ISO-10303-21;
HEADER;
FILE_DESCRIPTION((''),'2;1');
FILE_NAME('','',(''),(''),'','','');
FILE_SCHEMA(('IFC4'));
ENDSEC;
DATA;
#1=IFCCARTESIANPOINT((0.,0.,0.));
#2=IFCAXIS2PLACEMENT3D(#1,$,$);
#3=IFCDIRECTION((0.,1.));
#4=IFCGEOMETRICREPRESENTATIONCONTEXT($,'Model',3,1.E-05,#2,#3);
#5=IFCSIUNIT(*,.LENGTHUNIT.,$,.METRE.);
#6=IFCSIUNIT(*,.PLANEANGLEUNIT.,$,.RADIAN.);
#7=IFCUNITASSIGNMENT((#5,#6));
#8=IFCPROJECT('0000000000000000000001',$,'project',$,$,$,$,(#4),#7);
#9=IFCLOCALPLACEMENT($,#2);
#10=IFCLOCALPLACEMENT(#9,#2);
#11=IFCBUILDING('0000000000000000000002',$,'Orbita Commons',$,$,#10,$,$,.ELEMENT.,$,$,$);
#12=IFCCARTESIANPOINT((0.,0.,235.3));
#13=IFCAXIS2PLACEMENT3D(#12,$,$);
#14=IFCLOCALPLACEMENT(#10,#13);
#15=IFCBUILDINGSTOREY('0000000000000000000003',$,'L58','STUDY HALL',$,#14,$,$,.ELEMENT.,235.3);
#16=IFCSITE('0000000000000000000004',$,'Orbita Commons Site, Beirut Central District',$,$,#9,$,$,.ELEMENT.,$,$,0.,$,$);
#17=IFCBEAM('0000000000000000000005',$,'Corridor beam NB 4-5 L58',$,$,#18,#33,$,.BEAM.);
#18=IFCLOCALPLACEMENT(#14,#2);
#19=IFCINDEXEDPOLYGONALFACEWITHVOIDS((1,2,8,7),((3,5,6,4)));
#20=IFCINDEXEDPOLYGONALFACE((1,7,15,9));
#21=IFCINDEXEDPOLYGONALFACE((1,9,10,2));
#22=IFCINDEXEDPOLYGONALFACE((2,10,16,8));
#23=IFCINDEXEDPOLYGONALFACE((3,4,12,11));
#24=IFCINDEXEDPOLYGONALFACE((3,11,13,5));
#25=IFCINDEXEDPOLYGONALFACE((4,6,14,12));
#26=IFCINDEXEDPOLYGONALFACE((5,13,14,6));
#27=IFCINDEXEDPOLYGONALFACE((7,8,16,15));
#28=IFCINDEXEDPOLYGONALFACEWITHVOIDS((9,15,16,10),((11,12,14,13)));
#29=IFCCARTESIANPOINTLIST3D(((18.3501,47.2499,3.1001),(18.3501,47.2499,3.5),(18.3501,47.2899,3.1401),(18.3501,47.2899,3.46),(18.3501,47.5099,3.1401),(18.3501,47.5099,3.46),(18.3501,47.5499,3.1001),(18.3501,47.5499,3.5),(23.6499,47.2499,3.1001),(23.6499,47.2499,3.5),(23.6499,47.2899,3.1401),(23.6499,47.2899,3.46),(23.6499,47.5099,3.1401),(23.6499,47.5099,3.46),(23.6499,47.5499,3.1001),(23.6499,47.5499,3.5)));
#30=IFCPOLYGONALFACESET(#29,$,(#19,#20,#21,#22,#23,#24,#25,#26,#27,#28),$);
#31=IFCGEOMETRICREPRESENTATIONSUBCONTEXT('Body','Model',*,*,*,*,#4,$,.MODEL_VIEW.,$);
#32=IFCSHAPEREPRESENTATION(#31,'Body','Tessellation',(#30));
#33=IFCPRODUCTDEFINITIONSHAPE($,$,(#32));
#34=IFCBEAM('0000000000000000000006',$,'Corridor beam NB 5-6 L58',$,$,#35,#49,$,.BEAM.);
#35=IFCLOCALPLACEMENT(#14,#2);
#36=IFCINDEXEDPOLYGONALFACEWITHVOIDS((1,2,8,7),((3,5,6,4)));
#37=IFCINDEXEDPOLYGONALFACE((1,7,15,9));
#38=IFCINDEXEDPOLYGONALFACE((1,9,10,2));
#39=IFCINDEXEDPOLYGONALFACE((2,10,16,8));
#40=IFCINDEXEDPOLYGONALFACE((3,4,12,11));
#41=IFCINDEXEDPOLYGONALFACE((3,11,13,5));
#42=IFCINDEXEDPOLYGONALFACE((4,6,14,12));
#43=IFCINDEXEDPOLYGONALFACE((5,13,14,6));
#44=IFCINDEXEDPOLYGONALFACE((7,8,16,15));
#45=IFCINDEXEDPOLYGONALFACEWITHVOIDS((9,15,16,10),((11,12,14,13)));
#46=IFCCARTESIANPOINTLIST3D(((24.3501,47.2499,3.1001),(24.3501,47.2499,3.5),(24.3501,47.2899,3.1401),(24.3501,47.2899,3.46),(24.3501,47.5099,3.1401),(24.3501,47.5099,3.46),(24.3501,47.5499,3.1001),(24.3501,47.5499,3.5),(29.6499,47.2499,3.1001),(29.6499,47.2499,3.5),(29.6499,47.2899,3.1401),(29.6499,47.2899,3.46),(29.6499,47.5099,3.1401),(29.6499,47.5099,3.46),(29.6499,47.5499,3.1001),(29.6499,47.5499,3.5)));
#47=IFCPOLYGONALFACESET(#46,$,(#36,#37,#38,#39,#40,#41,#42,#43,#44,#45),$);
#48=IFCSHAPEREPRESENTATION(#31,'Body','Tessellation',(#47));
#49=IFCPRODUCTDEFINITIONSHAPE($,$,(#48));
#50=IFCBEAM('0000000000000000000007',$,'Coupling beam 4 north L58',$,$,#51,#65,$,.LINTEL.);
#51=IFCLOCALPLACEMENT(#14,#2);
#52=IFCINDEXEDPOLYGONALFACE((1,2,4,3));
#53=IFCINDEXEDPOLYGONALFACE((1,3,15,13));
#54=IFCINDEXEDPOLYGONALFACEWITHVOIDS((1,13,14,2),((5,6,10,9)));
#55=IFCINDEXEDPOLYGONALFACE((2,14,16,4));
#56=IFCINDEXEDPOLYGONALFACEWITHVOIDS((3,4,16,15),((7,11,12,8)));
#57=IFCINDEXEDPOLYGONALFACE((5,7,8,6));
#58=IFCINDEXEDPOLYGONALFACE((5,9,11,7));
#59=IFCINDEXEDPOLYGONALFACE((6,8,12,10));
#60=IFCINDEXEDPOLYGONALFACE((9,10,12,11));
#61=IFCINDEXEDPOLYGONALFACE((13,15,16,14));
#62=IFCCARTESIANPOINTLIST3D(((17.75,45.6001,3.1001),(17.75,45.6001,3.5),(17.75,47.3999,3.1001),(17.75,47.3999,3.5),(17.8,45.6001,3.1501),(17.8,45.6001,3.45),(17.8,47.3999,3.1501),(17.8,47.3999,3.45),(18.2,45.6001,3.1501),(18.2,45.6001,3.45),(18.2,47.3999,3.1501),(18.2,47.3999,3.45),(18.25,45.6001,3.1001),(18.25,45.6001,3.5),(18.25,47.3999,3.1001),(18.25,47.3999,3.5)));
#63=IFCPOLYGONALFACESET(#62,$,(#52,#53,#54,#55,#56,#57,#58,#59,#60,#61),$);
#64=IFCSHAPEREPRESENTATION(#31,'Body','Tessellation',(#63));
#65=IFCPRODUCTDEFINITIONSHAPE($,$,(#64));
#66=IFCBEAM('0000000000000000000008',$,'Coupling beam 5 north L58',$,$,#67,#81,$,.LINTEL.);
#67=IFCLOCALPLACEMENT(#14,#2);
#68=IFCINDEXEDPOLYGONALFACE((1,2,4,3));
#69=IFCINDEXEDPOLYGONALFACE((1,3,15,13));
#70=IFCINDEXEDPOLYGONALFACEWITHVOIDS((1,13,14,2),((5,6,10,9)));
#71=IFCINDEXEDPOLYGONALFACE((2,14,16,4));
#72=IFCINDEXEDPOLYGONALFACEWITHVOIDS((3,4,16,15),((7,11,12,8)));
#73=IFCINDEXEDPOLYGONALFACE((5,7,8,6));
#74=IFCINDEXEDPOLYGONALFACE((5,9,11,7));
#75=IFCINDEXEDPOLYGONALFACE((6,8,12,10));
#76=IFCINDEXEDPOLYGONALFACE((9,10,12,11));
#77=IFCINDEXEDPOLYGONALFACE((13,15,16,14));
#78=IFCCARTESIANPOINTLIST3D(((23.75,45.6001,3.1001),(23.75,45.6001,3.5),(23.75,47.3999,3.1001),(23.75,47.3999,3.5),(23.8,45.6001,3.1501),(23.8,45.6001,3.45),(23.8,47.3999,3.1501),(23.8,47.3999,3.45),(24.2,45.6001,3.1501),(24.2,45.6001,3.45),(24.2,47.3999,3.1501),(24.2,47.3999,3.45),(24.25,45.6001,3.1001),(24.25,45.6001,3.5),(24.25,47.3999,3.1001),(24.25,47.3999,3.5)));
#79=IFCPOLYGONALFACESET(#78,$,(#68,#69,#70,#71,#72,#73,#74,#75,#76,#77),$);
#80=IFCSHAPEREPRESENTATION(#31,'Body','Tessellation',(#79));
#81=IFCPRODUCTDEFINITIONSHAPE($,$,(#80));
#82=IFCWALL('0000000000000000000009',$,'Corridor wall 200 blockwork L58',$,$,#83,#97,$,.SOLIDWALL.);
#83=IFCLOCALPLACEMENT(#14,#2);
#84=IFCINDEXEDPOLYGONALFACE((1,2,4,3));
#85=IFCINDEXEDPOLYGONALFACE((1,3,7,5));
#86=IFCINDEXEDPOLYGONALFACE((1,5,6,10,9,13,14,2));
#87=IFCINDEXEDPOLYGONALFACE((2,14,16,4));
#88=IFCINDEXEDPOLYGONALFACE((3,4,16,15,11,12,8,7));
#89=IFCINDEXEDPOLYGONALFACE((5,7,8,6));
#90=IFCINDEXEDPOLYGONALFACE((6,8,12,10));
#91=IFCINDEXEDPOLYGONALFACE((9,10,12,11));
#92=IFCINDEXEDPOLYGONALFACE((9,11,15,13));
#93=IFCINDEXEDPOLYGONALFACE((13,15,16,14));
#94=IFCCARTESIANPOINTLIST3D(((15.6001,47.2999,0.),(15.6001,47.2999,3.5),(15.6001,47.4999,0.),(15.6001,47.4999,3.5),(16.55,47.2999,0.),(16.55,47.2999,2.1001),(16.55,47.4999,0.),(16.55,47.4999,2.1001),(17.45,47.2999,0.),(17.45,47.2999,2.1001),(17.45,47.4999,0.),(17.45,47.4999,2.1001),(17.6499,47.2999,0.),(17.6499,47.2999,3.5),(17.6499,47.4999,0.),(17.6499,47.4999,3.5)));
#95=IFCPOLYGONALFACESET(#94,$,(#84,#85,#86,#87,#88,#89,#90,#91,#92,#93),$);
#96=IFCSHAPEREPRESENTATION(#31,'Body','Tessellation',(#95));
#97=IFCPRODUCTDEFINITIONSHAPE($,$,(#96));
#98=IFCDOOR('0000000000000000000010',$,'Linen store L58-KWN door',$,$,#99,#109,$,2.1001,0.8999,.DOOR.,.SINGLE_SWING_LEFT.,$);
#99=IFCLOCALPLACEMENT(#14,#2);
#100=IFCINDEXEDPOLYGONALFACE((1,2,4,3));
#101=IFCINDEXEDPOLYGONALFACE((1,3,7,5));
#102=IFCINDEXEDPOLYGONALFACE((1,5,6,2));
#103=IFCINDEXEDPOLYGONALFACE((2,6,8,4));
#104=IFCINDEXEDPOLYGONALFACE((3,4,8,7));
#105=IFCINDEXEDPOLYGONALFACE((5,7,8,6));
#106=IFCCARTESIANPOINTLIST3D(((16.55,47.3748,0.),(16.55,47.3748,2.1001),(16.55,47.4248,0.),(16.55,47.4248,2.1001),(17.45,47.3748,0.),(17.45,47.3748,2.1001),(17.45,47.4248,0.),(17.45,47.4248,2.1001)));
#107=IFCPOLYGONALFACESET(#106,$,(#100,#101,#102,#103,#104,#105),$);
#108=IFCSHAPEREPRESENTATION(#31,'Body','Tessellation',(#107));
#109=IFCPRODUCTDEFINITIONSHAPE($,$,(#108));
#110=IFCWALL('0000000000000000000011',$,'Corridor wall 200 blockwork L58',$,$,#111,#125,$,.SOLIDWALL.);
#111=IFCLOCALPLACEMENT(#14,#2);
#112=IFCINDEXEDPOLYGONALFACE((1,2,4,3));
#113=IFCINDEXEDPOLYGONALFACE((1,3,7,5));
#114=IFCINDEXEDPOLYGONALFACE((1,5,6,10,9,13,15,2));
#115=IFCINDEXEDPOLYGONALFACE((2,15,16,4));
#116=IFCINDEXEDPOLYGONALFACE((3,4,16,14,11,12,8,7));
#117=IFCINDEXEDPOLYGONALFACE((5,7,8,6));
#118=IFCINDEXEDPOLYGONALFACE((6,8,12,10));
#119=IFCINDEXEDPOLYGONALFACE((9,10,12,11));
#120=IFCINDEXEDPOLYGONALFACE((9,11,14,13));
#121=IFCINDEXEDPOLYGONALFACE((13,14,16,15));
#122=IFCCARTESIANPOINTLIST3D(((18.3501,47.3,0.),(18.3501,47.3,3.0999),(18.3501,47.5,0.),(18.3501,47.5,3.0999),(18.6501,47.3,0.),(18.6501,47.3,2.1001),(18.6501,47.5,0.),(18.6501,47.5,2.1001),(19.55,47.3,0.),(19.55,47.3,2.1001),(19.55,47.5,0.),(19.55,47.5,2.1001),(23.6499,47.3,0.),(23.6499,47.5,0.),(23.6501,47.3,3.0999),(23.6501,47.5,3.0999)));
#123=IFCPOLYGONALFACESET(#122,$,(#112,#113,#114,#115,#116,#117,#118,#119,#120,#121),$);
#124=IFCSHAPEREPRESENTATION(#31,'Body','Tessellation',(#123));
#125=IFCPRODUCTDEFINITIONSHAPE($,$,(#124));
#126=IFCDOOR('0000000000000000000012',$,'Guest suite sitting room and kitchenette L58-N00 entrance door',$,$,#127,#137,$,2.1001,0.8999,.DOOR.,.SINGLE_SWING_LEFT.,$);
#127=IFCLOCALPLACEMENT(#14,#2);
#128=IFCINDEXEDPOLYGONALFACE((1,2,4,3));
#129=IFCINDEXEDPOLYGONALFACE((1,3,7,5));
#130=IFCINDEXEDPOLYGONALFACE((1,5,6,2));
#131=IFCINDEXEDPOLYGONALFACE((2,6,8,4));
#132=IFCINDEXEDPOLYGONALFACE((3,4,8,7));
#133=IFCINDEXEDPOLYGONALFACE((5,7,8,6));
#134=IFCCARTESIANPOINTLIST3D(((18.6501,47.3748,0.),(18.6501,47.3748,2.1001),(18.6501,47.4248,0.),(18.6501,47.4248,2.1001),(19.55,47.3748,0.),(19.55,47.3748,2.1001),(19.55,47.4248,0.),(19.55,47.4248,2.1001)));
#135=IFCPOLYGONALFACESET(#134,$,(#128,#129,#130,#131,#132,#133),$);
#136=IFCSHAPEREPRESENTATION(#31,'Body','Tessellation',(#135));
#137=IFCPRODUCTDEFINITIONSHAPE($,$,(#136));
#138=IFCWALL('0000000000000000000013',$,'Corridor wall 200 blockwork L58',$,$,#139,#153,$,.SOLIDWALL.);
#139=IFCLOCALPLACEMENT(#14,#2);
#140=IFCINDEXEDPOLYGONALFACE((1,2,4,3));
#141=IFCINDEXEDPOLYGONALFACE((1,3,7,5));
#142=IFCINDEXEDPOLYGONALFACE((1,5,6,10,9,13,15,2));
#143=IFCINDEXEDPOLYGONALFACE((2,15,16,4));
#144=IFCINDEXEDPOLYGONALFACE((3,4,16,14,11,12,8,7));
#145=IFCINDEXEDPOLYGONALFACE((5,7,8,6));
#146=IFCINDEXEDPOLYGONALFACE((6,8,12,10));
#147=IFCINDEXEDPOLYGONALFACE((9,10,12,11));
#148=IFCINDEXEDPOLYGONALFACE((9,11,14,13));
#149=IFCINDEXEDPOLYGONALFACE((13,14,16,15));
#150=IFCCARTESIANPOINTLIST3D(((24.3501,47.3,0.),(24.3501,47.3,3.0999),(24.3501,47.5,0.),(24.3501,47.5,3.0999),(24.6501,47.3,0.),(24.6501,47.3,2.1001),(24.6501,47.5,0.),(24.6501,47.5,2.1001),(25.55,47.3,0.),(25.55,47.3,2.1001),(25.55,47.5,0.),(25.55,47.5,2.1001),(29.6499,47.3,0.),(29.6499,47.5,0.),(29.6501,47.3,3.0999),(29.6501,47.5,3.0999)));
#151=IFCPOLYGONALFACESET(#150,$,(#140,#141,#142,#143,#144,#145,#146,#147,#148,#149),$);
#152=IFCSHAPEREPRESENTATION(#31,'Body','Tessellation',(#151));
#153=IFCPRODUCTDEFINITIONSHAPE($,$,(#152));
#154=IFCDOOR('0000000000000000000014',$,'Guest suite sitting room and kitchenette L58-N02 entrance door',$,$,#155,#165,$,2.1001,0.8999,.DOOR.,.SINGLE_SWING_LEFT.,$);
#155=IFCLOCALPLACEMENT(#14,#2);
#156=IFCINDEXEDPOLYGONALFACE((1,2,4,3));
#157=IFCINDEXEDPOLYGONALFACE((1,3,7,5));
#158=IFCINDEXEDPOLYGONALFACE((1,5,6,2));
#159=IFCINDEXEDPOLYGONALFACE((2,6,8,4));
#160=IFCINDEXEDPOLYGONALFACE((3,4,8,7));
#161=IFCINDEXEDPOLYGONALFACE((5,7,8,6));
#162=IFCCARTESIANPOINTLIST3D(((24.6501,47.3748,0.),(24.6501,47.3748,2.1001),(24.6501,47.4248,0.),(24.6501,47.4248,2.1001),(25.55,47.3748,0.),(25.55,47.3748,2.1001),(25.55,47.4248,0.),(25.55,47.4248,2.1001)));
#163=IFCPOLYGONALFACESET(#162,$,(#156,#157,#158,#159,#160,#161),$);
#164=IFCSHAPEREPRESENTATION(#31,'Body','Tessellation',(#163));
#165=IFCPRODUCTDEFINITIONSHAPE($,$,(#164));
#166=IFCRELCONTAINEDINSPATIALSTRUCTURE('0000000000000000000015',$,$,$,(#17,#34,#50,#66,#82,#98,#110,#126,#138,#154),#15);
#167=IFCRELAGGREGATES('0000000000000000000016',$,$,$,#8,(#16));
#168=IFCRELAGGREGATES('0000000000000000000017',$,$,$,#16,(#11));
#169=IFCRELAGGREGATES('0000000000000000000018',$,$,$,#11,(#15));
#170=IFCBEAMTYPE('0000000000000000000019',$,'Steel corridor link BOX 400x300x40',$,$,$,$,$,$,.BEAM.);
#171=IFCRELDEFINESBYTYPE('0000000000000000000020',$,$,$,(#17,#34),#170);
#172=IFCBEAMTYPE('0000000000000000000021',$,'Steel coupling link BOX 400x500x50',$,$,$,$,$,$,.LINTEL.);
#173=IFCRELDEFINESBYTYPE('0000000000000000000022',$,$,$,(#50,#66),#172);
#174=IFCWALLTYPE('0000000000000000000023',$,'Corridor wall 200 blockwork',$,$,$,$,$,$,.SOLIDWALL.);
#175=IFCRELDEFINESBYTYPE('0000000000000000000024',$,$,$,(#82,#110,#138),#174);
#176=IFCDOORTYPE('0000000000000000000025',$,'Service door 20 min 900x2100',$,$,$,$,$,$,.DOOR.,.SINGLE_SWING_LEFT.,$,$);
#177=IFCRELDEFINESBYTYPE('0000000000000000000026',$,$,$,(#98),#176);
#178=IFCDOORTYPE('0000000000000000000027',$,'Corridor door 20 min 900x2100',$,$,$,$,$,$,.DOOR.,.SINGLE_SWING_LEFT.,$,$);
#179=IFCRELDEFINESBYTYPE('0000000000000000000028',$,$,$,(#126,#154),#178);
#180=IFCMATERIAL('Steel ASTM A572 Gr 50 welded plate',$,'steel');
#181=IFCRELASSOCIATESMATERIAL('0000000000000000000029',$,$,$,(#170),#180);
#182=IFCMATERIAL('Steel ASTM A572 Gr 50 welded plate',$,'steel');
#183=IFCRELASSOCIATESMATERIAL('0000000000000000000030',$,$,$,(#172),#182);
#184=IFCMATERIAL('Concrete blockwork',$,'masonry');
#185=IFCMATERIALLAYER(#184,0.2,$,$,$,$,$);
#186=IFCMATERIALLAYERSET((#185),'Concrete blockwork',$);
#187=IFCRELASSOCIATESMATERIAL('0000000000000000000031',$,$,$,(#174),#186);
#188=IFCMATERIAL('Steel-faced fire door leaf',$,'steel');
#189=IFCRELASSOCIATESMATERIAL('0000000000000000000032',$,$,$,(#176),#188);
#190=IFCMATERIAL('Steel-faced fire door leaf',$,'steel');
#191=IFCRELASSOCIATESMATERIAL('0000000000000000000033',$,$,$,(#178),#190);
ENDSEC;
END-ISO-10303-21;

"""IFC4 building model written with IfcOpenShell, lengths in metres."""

from ifc_helpers import new_model, si_unit, direction, frame, frame_2d, origin, origin_2d, place, context, subcontext, project, spatial, polyline, rectangle, hollow_rectangle, outline, extrude, material, layer, layer_set, material_profile, profile_set, type_object, element, fill, save


model = new_model("IFC4")

# Units and contexts
model_context = context("Model", 3, precision=1e-05, world=origin(), true_north=direction((0.0, 1.0)))
body_context = subcontext(model_context, "Body", "Model", "MODEL_VIEW")
ifc_project = project(units=[si_unit("LENGTHUNIT", "METRE"), si_unit("PLANEANGLEUNIT", "RADIAN")], contexts=[model_context])

# Site, building, storey
site_placement = place(None, origin())
site = spatial("IfcSite", under=ifc_project, at=site_placement, Name="Orbita Commons Site, Beirut Central District", CompositionType="ELEMENT", RefElevation=0.0)
building_placement = place(site_placement, origin())
building = spatial("IfcBuilding", under=site, at=building_placement, Name="Orbita Commons", CompositionType="ELEMENT")
storey_placement = place(building_placement, frame((0.0, 0.0, 235.3)))
storey = spatial("IfcBuildingStorey", under=building, at=storey_placement, Name="L58", Description="STUDY HALL", CompositionType="ELEMENT", Elevation=235.3)

# Beams
ifc_material_1 = material(Name="Steel ASTM A572 Gr 50 welded plate", Category="steel")
ifc_material_profile_1 = material_profile(ifc_material_1, hollow_rectangle(XDim=0.3, YDim=0.3999, WallThickness=0.04, at=origin_2d()), Name="BOX 400x300x40")
ifc_profile_set_1 = profile_set([ifc_material_profile_1], Name="Steel ASTM A572 Gr 50 welded plate")
beam_type_1 = type_object("IfcBeamType", Name="Steel corridor link BOX 400x300x40", PredefinedType="BEAM", material=ifc_profile_set_1)
for number, where, z_axis, x_axis, name in (
    (1, (18.3501, 47.3999, 3.3), (1.0, 0.0, 0.0), (0.0, 1.0, 0.0), "Corridor beam NB 4-5 L58"),
    (2, (24.3501, 47.3999, 3.3), (1.0, 0.0, 0.0), (0.0, 1.0, 0.0), "Corridor beam NB 5-6 L58"),
):
    element("IfcBeam", number, at=place(storey_placement, frame(where, z_axis=z_axis, x_axis=x_axis)), inside=storey, type_object=beam_type_1, Name=name, PredefinedType="BEAM", context=body_context, shape_type="SweptSolid", body=[
        extrude(hollow_rectangle(XDim=0.3, YDim=0.3999, WallThickness=0.04, at=origin_2d()), origin(), (0.0, 0.0, 1.0), 5.2998),
    ])
ifc_material_2 = material(Name="Steel ASTM A572 Gr 50 welded plate", Category="steel")
ifc_material_profile_2 = material_profile(ifc_material_2, hollow_rectangle(XDim=0.5, YDim=0.3999, WallThickness=0.05, at=origin_2d()), Name="BOX 400x500x50")
ifc_profile_set_2 = profile_set([ifc_material_profile_2], Name="Steel ASTM A572 Gr 50 welded plate")
beam_type_2 = type_object("IfcBeamType", Name="Steel coupling link BOX 400x500x50", PredefinedType="LINTEL", material=ifc_profile_set_2)
for number, where, z_axis, x_axis, name in (
    (3, (18.0, 45.6001, 3.3), (0.0, 1.0, 0.0), (-1.0, 0.0, 0.0), "Coupling beam 4 north L58"),
    (4, (24.0, 45.6001, 3.3), (0.0, 1.0, 0.0), (-1.0, 0.0, 0.0), "Coupling beam 5 north L58"),
):
    element("IfcBeam", number, at=place(storey_placement, frame(where, z_axis=z_axis, x_axis=x_axis)), inside=storey, type_object=beam_type_2, Name=name, PredefinedType="LINTEL", context=body_context, shape_type="SweptSolid", body=[
        extrude(hollow_rectangle(XDim=0.5, YDim=0.3999, WallThickness=0.05, at=origin_2d()), origin(), (0.0, 0.0, 1.0), 1.7998),
    ])

# Walls, openings, doors
ifc_material_3 = material(Name="Concrete blockwork", Category="masonry")
ifc_layer_1 = layer(ifc_material_3, 0.2)
ifc_layer_set_1 = layer_set([ifc_layer_1], Name="Concrete blockwork")
wall_type_1 = type_object("IfcWallType", Name="Corridor wall 200 blockwork", PredefinedType="SOLIDWALL", material=ifc_layer_set_1)
wall_1_placement = place(storey_placement, frame((15.6001, 47.3999, 0.0), z_axis=(0.0, 0.0, 1.0), x_axis=(1.0, 0.0, 0.0)))
wall_1 = element("IfcWall", 5, at=wall_1_placement, inside=storey, type_object=wall_type_1, Name="Corridor wall 200 blockwork L58", PredefinedType="SOLIDWALL", context=body_context, shape_type="SweptSolid", body=[
    extrude(rectangle(XDim=2.0498, YDim=0.2, at=frame_2d((1.0249, 0.0))), origin(), (0.0, 0.0, 1.0), 3.5),
])
opening_1_placement = place(wall_1_placement, frame((0.95, 0.0, 0.0)))
opening_1 = element("IfcOpeningElement", 6, at=opening_1_placement, cuts=wall_1, PredefinedType="OPENING", context=body_context, shape_type="SweptSolid", body=[
    extrude(rectangle(XDim=0.8999, YDim=2.1001, at=frame_2d((0.45, 1.05))), frame((0.0, 0.1099, 0.0), z_axis=(0.0, -1.0, 0.0), x_axis=(1.0, 0.0, 0.0)), (0.0, 0.0, 1.0), 0.22),
])
ifc_material_4 = material(Name="Steel-faced fire door leaf", Category="steel")
door_type_1 = type_object("IfcDoorType", Name="Service door 20 min 900x2100", OperationType="SINGLE_SWING_LEFT", PredefinedType="DOOR", material=ifc_material_4)
door_1_placement = place(opening_1_placement, origin())
door_1 = element("IfcDoor", 7, at=door_1_placement, inside=storey, type_object=door_type_1, Name="Linen store L58-KWN door", OperationType="SINGLE_SWING_LEFT", OverallHeight=2.1001, OverallWidth=0.8999, PredefinedType="DOOR", context=body_context, shape_type="SweptSolid", body=[
    extrude(rectangle(XDim=0.8999, YDim=2.1001, at=frame_2d((0.45, 1.05))), frame((0.0, 0.0249, 0.0), z_axis=(0.0, -1.0, 0.0), x_axis=(1.0, 0.0, 0.0)), (0.0, 0.0, 1.0), 0.05),
])
fill(opening_1, door_1)
wall_2_placement = place(storey_placement, frame((18.3501, 47.3999, 0.0), z_axis=(0.0, 0.0, 1.0), x_axis=(1.0, 0.0, 0.0)))
wall_2 = element("IfcWall", 8, at=wall_2_placement, inside=storey, type_object=wall_type_1, Name="Corridor wall 200 blockwork L58", PredefinedType="SOLIDWALL", context=body_context, shape_type="SweptSolid", body=[
    extrude(outline(polyline([(0.0, 0.0), (5.2998, 0.0), (5.3, 3.0999), (0.0, 3.0999), (0.0, 0.0)])), frame((0.0, 0.1001, 0.0), z_axis=(0.0, -1.0, 0.0), x_axis=(1.0, 0.0, 0.0)), (0.0, 0.0, 1.0), 0.2),
])
opening_2_placement = place(wall_2_placement, frame((0.3, 0.0, 0.0)))
opening_2 = element("IfcOpeningElement", 9, at=opening_2_placement, cuts=wall_2, PredefinedType="OPENING", context=body_context, shape_type="SweptSolid", body=[
    extrude(rectangle(XDim=0.8999, YDim=2.1001, at=frame_2d((0.45, 1.05))), frame((0.0, 0.1099, 0.0), z_axis=(0.0, -1.0, 0.0), x_axis=(1.0, 0.0, 0.0)), (0.0, 0.0, 1.0), 0.22),
])
ifc_material_5 = material(Name="Steel-faced fire door leaf", Category="steel")
door_type_2 = type_object("IfcDoorType", Name="Corridor door 20 min 900x2100", OperationType="SINGLE_SWING_LEFT", PredefinedType="DOOR", material=ifc_material_5)
door_2_placement = place(opening_2_placement, origin())
door_2 = element("IfcDoor", 10, at=door_2_placement, inside=storey, type_object=door_type_2, Name="Guest suite sitting room and kitchenette L58-N00 entrance door", OperationType="SINGLE_SWING_LEFT", OverallHeight=2.1001, OverallWidth=0.8999, PredefinedType="DOOR", context=body_context, shape_type="SweptSolid", body=[
    extrude(rectangle(XDim=0.8999, YDim=2.1001, at=frame_2d((0.45, 1.05))), frame((0.0, 0.0249, 0.0), z_axis=(0.0, -1.0, 0.0), x_axis=(1.0, 0.0, 0.0)), (0.0, 0.0, 1.0), 0.05),
])
fill(opening_2, door_2)
wall_3_placement = place(storey_placement, frame((24.3501, 47.3999, 0.0), z_axis=(0.0, 0.0, 1.0), x_axis=(1.0, 0.0, 0.0)))
wall_3 = element("IfcWall", 11, at=wall_3_placement, inside=storey, type_object=wall_type_1, Name="Corridor wall 200 blockwork L58", PredefinedType="SOLIDWALL", context=body_context, shape_type="SweptSolid", body=[
    extrude(outline(polyline([(0.0, 0.0), (5.2998, 0.0), (5.3, 3.0999), (0.0, 3.0999), (0.0, 0.0)])), frame((0.0, 0.1001, 0.0), z_axis=(0.0, -1.0, 0.0), x_axis=(1.0, 0.0, 0.0)), (0.0, 0.0, 1.0), 0.2),
])
opening_3_placement = place(wall_3_placement, frame((0.3, 0.0, 0.0)))
opening_3 = element("IfcOpeningElement", 12, at=opening_3_placement, cuts=wall_3, PredefinedType="OPENING", context=body_context, shape_type="SweptSolid", body=[
    extrude(rectangle(XDim=0.8999, YDim=2.1001, at=frame_2d((0.45, 1.05))), frame((0.0, 0.1099, 0.0), z_axis=(0.0, -1.0, 0.0), x_axis=(1.0, 0.0, 0.0)), (0.0, 0.0, 1.0), 0.22),
])
door_3_placement = place(opening_3_placement, origin())
door_3 = element("IfcDoor", 13, at=door_3_placement, inside=storey, type_object=door_type_2, Name="Guest suite sitting room and kitchenette L58-N02 entrance door", OperationType="SINGLE_SWING_LEFT", OverallHeight=2.1001, OverallWidth=0.8999, PredefinedType="DOOR", context=body_context, shape_type="SweptSolid", body=[
    extrude(rectangle(XDim=0.8999, YDim=2.1001, at=frame_2d((0.45, 1.05))), frame((0.0, 0.0249, 0.0), z_axis=(0.0, -1.0, 0.0), x_axis=(1.0, 0.0, 0.0)), (0.0, 0.0, 1.0), 0.05),
])
fill(opening_3, door_3)

save(model, "model.ifc")
